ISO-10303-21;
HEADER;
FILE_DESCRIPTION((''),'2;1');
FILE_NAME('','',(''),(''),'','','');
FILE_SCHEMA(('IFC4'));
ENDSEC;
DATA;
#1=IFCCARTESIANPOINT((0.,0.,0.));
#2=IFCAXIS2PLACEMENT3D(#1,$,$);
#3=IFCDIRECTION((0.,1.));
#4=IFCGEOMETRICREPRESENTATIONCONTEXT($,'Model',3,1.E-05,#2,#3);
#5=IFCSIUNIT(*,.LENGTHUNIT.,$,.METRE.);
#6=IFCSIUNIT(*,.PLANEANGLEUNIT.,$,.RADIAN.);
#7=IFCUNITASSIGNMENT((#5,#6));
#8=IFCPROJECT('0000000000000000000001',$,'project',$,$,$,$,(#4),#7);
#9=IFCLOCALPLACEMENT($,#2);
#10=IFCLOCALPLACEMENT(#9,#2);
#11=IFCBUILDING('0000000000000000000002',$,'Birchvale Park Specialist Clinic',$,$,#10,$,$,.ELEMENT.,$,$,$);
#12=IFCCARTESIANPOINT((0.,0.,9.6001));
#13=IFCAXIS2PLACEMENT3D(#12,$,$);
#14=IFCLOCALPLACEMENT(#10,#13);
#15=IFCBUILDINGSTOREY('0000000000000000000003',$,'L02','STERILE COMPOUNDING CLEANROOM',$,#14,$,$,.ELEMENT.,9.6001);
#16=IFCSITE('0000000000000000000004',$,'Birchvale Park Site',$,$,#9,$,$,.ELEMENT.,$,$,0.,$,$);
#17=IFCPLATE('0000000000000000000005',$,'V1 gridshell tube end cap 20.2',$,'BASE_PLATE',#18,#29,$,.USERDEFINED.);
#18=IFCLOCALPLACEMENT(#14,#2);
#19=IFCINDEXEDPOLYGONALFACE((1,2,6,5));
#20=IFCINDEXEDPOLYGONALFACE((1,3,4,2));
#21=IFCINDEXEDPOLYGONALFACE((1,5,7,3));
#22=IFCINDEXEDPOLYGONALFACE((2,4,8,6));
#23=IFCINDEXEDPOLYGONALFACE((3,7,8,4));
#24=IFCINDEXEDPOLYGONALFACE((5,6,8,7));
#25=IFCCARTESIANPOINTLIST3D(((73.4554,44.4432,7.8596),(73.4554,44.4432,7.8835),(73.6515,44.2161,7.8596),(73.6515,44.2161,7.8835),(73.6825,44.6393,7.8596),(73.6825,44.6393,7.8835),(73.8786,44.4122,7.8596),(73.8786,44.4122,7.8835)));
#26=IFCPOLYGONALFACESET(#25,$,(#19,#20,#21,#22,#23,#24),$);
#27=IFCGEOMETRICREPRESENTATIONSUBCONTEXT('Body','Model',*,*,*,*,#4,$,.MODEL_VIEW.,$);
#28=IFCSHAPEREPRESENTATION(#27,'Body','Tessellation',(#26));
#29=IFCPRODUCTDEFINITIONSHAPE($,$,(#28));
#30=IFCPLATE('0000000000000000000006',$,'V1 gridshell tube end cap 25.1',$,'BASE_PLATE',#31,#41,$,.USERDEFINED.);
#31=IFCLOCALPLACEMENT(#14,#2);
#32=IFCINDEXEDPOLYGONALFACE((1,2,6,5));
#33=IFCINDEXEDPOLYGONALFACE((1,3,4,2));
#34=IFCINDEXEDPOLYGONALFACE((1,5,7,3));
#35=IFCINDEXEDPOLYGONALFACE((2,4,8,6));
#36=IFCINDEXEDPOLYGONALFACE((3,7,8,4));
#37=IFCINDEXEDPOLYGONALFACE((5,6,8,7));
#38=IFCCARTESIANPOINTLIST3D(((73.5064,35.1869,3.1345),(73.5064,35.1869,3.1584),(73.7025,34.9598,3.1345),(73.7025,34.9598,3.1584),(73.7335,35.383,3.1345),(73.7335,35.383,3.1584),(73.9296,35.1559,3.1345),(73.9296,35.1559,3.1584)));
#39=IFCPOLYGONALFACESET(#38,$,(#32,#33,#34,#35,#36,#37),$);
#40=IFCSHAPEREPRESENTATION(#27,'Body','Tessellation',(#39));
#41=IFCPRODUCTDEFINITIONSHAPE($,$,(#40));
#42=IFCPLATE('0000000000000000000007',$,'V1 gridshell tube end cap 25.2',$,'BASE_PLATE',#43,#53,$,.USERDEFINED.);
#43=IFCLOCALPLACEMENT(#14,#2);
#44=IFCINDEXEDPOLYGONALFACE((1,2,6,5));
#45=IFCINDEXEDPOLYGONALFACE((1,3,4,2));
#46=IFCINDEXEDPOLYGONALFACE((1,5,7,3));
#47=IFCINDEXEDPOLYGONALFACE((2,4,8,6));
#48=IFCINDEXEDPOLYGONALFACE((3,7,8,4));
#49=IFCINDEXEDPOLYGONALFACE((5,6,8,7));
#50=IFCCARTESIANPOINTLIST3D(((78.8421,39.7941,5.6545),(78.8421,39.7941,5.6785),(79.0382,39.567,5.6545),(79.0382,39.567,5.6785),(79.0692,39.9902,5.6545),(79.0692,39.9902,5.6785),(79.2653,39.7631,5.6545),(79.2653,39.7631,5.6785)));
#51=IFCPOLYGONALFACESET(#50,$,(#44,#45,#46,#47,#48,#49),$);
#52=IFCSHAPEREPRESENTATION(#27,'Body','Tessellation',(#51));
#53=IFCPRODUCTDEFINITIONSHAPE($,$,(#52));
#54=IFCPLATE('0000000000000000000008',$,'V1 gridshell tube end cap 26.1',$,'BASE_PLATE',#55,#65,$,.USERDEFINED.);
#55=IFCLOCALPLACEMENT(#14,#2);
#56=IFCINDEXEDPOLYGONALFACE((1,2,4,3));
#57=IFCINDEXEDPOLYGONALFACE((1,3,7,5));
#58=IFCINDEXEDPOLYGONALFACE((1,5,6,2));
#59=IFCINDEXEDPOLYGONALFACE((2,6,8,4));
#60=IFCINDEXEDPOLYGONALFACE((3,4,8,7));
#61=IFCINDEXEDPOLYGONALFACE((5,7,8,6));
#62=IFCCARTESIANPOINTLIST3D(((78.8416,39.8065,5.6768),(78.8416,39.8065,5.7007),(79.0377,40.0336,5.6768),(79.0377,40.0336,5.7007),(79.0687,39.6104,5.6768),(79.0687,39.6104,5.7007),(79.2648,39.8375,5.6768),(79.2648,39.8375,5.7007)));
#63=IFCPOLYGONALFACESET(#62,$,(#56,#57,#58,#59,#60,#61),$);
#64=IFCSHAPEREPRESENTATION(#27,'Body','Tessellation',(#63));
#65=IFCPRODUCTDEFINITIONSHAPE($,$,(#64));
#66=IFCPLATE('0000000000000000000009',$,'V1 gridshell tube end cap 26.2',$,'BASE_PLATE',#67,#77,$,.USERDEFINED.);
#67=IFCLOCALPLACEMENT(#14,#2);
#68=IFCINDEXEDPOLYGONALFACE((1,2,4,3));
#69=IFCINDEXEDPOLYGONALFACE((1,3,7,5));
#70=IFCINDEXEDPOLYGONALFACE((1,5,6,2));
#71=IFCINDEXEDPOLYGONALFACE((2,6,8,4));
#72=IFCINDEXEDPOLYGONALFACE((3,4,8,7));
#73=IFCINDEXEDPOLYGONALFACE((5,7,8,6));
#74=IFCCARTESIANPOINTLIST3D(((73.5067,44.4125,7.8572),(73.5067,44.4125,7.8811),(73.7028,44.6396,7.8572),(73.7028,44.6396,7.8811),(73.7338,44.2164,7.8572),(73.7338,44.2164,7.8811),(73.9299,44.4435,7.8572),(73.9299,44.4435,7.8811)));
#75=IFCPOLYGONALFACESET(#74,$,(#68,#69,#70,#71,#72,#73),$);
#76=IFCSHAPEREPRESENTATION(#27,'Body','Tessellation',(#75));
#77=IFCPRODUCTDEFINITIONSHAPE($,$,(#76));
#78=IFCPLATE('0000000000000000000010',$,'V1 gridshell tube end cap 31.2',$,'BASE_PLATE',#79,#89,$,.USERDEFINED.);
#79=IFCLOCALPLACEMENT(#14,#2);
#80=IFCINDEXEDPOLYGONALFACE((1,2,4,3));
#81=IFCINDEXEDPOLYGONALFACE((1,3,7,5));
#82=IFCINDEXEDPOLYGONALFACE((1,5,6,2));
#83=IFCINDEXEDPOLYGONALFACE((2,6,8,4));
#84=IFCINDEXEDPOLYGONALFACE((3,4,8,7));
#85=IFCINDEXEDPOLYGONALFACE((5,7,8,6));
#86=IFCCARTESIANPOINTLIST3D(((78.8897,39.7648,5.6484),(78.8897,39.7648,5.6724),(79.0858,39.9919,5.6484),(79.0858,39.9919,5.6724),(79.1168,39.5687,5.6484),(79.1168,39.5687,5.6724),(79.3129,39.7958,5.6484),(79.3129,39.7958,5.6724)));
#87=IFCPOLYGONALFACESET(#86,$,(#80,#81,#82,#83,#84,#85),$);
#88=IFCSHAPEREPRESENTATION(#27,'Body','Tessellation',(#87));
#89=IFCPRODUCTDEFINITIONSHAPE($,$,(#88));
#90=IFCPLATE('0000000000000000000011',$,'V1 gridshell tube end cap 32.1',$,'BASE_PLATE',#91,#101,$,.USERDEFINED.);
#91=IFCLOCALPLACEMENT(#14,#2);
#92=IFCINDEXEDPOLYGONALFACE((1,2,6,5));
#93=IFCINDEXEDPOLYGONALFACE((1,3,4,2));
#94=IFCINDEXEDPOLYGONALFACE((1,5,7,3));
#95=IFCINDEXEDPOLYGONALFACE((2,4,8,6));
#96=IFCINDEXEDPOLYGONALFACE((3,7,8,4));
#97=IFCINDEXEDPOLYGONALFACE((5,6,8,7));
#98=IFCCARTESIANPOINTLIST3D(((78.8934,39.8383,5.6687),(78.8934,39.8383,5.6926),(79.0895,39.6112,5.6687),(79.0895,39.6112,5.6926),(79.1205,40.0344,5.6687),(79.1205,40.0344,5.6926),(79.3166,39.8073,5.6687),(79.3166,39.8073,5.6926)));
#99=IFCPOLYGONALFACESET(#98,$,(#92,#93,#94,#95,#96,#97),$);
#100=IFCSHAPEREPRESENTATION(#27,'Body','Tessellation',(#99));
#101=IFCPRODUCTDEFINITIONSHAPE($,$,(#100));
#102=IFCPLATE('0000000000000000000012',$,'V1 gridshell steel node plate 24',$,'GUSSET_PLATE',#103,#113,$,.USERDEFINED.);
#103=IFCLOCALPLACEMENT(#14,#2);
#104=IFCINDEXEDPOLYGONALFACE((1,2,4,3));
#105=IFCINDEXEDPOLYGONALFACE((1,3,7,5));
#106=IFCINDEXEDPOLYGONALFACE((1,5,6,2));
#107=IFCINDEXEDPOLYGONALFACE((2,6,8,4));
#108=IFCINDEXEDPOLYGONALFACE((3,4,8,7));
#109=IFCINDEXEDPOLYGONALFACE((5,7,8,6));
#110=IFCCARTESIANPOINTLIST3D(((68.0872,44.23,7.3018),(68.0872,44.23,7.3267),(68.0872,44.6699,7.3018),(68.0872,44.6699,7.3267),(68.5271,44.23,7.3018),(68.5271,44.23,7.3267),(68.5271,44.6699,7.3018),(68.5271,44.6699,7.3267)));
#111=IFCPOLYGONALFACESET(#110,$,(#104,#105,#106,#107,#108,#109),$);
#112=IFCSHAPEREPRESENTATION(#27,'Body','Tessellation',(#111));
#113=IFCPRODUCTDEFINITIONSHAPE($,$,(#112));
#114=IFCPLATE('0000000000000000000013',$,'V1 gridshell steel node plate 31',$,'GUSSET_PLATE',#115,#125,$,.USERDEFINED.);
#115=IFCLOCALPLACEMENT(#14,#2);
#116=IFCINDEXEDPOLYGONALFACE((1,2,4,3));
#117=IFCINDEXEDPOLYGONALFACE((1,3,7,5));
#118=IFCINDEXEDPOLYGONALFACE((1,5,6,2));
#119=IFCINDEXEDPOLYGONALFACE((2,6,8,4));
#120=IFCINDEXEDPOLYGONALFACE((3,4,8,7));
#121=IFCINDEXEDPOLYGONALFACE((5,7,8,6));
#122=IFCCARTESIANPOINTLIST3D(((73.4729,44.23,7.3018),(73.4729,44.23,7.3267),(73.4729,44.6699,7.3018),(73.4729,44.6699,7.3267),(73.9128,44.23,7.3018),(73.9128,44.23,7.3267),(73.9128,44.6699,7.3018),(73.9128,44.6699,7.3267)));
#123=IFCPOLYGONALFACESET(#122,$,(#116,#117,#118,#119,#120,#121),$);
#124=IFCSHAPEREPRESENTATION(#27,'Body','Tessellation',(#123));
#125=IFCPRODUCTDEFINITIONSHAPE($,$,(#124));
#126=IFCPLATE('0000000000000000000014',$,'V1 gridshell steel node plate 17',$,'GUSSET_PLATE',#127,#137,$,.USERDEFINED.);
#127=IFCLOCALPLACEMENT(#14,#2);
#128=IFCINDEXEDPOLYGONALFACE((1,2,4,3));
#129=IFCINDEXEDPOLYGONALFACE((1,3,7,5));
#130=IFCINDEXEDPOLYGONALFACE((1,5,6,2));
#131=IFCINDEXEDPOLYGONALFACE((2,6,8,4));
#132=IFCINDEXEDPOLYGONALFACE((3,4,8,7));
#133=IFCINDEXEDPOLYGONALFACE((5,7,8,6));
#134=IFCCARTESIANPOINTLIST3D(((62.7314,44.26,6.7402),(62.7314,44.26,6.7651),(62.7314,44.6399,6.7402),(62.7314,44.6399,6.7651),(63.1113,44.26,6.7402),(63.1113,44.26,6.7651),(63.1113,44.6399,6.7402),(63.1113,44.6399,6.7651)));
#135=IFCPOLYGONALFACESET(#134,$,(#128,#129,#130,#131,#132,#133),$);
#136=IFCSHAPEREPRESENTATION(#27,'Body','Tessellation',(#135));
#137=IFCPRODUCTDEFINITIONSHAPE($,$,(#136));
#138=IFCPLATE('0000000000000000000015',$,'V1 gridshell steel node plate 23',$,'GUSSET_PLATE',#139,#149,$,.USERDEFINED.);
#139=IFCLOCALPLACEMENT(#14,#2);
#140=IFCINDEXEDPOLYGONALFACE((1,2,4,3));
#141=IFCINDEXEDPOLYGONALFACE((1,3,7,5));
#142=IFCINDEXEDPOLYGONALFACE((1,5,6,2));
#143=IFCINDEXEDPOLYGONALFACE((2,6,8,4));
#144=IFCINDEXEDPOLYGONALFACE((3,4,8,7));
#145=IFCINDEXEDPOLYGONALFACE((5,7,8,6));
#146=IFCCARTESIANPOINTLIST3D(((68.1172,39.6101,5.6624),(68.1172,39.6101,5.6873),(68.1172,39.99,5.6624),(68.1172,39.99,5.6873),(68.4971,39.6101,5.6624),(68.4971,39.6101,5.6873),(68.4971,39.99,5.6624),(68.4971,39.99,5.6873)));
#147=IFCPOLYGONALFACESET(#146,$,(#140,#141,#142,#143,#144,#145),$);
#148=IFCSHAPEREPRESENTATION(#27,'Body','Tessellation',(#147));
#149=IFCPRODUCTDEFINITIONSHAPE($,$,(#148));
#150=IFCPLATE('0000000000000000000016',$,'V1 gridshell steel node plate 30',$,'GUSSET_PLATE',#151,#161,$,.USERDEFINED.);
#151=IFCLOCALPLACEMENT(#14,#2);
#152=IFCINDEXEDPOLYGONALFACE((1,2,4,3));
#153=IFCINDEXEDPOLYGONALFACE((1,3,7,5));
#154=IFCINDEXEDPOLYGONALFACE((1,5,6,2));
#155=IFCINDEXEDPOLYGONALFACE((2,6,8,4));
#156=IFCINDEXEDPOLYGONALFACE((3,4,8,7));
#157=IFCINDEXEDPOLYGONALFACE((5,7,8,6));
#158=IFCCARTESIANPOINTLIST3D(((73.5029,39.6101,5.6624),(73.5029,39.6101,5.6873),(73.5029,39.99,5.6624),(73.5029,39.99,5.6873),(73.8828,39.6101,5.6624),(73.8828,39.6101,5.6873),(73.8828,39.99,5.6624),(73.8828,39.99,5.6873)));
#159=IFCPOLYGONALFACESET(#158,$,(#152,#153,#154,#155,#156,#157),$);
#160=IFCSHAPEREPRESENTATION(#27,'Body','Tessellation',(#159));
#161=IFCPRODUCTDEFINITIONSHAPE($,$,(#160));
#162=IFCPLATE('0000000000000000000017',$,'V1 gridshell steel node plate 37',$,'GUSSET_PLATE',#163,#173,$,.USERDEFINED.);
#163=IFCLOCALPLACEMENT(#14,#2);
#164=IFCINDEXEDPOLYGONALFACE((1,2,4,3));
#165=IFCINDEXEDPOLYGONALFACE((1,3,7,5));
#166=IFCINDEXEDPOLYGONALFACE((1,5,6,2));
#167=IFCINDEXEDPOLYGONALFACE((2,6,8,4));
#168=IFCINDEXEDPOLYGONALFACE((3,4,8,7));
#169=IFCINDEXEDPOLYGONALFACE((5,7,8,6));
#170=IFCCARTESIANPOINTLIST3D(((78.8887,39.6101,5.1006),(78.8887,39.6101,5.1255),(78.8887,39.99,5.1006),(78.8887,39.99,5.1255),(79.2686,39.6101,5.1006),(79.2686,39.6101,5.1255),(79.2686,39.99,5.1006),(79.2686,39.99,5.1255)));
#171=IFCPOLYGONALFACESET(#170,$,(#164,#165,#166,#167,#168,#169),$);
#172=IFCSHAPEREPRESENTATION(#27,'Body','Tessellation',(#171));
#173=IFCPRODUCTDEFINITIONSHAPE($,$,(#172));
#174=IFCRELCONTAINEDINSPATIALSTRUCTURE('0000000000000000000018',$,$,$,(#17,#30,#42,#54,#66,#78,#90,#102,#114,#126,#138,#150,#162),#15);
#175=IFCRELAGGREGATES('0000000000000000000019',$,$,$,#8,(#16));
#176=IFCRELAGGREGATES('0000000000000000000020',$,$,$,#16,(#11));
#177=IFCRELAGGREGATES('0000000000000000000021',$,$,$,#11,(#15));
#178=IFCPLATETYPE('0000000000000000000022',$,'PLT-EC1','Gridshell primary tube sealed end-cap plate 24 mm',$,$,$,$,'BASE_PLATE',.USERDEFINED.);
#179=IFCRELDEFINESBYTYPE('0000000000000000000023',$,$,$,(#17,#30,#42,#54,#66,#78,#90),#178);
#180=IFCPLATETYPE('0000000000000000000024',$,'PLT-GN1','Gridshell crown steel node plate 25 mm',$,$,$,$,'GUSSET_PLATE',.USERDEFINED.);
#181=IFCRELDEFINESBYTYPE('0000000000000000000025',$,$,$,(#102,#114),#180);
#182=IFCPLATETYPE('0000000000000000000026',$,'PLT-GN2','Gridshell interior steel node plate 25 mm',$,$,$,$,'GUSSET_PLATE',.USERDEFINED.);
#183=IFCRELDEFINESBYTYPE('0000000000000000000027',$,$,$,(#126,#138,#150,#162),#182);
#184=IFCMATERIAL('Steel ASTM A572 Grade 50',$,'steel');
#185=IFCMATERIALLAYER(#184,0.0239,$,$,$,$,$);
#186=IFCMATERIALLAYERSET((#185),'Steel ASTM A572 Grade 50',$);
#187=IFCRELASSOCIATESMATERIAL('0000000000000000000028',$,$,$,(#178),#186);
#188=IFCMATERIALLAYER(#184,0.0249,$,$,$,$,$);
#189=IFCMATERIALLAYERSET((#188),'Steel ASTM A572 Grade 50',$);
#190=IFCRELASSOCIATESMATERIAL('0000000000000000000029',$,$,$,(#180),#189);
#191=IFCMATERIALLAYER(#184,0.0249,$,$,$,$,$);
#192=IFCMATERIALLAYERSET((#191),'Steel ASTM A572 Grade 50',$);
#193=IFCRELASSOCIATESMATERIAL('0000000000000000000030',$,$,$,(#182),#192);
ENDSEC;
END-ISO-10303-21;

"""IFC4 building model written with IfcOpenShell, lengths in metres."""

from ifc_helpers import new_model, si_unit, direction, frame, origin, origin_2d, place, context, subcontext, project, spatial, rectangle, extrude, material, layer, layer_set, type_object, element, save


model = new_model("IFC4")

# Units and contexts
model_context = context("Model", 3, precision=1e-05, world=origin(), true_north=direction((0.0, 1.0)))
body_context = subcontext(model_context, "Body", "Model", "MODEL_VIEW")
ifc_project = project(units=[si_unit("LENGTHUNIT", "METRE"), si_unit("PLANEANGLEUNIT", "RADIAN")], contexts=[model_context])

# Site, building, storey
site_placement = place(None, origin())
site = spatial("IfcSite", under=ifc_project, at=site_placement, Name="Birchvale Park Site", CompositionType="ELEMENT", RefElevation=0.0)
building_placement = place(site_placement, origin())
building = spatial("IfcBuilding", under=site, at=building_placement, Name="Birchvale Park Specialist Clinic", CompositionType="ELEMENT")
storey_placement = place(building_placement, frame((0.0, 0.0, 9.6001)))
storey = spatial("IfcBuildingStorey", under=building, at=storey_placement, Name="L02", Description="STERILE COMPOUNDING CLEANROOM", CompositionType="ELEMENT", Elevation=9.6001)

# Plates
ifc_material_1 = material(Name="Steel ASTM A572 Grade 50", Category="steel")
ifc_layer_1 = layer(ifc_material_1, 0.0239)
ifc_layer_set_1 = layer_set([ifc_layer_1], Name="Steel ASTM A572 Grade 50")
plate_type_1 = type_object("IfcPlateType", Name="PLT-EC1", Description="Gridshell primary tube sealed end-cap plate 24 mm", ElementType="BASE_PLATE", PredefinedType="USERDEFINED", material=ifc_layer_set_1)
for number, where, z_axis, x_axis, name in (
    (1, (73.667, 44.4277, 7.8596), (0.0, 0.0, 1.0), (0.756881, 0.653553, 0.0), "V1 gridshell tube end cap 20.2"),
    (2, (73.718, 35.1714, 3.1345), (0.0, 0.0, 1.0), (0.756881, 0.653553, 0.0), "V1 gridshell tube end cap 25.1"),
    (3, (79.0537, 39.7786, 5.6545), (0.0, 0.0, 1.0), (0.756881, 0.653553, 0.0), "V1 gridshell tube end cap 25.2"),
    (4, (79.0532, 39.822, 5.6768), (0.0, 0.0, 1.0), (-0.756881, 0.653553, 0.0), "V1 gridshell tube end cap 26.1"),
    (5, (73.7183, 44.428, 7.8572), (0.0, 0.0, 1.0), (-0.756881, 0.653553, 0.0), "V1 gridshell tube end cap 26.2"),
    (6, (79.1013, 39.7803, 5.6484), (0.0, 0.0, 1.0), (-0.756881, 0.653553, 0.0), "V1 gridshell tube end cap 31.2"),
    (7, (79.105, 39.8228, 5.6687), (0.0, 0.0, 1.0), (0.756881, 0.653553, 0.0), "V1 gridshell tube end cap 32.1"),
):
    element("IfcPlate", number, at=place(storey_placement, frame(where, z_axis=z_axis, x_axis=x_axis)), inside=storey, type_object=plate_type_1, Name=name, ObjectType="BASE_PLATE", PredefinedType="USERDEFINED", context=body_context, shape_type="SweptSolid", body=[
        extrude(rectangle(XDim=0.3, YDim=0.3, at=origin_2d()), origin(), (0.0, 0.0, 1.0), 0.0239),
    ])
ifc_layer_2 = layer(ifc_material_1, 0.0249)
ifc_layer_set_2 = layer_set([ifc_layer_2], Name="Steel ASTM A572 Grade 50")
plate_type_2 = type_object("IfcPlateType", Name="PLT-GN1", Description="Gridshell crown steel node plate 25 mm", ElementType="GUSSET_PLATE", PredefinedType="USERDEFINED", material=ifc_layer_set_2)
for number, where, z_axis, x_axis, name in (
    (8, (68.3071, 44.45, 7.3018), (0.0, 0.0, 1.0), (1.0, 0.0, 0.0), "V1 gridshell steel node plate 24"),
    (9, (73.6929, 44.45, 7.3018), (0.0, 0.0, 1.0), (1.0, 0.0, 0.0), "V1 gridshell steel node plate 31"),
):
    element("IfcPlate", number, at=place(storey_placement, frame(where, z_axis=z_axis, x_axis=x_axis)), inside=storey, type_object=plate_type_2, Name=name, ObjectType="GUSSET_PLATE", PredefinedType="USERDEFINED", context=body_context, shape_type="SweptSolid", body=[
        extrude(rectangle(XDim=0.4399, YDim=0.4399, at=origin_2d()), origin(), (0.0, 0.0, 1.0), 0.0249),
    ])
ifc_layer_3 = layer(ifc_material_1, 0.0249)
ifc_layer_set_3 = layer_set([ifc_layer_3], Name="Steel ASTM A572 Grade 50")
plate_type_3 = type_object("IfcPlateType", Name="PLT-GN2", Description="Gridshell interior steel node plate 25 mm", ElementType="GUSSET_PLATE", PredefinedType="USERDEFINED", material=ifc_layer_set_3)
for number, where, z_axis, x_axis, name in (
    (10, (62.9214, 44.45, 6.7402), (0.0, 0.0, 1.0), (1.0, 0.0, 0.0), "V1 gridshell steel node plate 17"),
    (11, (68.3071, 39.8, 5.6624), (0.0, 0.0, 1.0), (1.0, 0.0, 0.0), "V1 gridshell steel node plate 23"),
    (12, (73.6929, 39.8, 5.6624), (0.0, 0.0, 1.0), (1.0, 0.0, 0.0), "V1 gridshell steel node plate 30"),
    (13, (79.0786, 39.8, 5.1006), (0.0, 0.0, 1.0), (1.0, 0.0, 0.0), "V1 gridshell steel node plate 37"),
):
    element("IfcPlate", number, at=place(storey_placement, frame(where, z_axis=z_axis, x_axis=x_axis)), inside=storey, type_object=plate_type_3, Name=name, ObjectType="GUSSET_PLATE", PredefinedType="USERDEFINED", context=body_context, shape_type="SweptSolid", body=[
        extrude(rectangle(XDim=0.3799, YDim=0.3799, at=origin_2d()), origin(), (0.0, 0.0, 1.0), 0.0249),
    ])

save(model, "model.ifc")
